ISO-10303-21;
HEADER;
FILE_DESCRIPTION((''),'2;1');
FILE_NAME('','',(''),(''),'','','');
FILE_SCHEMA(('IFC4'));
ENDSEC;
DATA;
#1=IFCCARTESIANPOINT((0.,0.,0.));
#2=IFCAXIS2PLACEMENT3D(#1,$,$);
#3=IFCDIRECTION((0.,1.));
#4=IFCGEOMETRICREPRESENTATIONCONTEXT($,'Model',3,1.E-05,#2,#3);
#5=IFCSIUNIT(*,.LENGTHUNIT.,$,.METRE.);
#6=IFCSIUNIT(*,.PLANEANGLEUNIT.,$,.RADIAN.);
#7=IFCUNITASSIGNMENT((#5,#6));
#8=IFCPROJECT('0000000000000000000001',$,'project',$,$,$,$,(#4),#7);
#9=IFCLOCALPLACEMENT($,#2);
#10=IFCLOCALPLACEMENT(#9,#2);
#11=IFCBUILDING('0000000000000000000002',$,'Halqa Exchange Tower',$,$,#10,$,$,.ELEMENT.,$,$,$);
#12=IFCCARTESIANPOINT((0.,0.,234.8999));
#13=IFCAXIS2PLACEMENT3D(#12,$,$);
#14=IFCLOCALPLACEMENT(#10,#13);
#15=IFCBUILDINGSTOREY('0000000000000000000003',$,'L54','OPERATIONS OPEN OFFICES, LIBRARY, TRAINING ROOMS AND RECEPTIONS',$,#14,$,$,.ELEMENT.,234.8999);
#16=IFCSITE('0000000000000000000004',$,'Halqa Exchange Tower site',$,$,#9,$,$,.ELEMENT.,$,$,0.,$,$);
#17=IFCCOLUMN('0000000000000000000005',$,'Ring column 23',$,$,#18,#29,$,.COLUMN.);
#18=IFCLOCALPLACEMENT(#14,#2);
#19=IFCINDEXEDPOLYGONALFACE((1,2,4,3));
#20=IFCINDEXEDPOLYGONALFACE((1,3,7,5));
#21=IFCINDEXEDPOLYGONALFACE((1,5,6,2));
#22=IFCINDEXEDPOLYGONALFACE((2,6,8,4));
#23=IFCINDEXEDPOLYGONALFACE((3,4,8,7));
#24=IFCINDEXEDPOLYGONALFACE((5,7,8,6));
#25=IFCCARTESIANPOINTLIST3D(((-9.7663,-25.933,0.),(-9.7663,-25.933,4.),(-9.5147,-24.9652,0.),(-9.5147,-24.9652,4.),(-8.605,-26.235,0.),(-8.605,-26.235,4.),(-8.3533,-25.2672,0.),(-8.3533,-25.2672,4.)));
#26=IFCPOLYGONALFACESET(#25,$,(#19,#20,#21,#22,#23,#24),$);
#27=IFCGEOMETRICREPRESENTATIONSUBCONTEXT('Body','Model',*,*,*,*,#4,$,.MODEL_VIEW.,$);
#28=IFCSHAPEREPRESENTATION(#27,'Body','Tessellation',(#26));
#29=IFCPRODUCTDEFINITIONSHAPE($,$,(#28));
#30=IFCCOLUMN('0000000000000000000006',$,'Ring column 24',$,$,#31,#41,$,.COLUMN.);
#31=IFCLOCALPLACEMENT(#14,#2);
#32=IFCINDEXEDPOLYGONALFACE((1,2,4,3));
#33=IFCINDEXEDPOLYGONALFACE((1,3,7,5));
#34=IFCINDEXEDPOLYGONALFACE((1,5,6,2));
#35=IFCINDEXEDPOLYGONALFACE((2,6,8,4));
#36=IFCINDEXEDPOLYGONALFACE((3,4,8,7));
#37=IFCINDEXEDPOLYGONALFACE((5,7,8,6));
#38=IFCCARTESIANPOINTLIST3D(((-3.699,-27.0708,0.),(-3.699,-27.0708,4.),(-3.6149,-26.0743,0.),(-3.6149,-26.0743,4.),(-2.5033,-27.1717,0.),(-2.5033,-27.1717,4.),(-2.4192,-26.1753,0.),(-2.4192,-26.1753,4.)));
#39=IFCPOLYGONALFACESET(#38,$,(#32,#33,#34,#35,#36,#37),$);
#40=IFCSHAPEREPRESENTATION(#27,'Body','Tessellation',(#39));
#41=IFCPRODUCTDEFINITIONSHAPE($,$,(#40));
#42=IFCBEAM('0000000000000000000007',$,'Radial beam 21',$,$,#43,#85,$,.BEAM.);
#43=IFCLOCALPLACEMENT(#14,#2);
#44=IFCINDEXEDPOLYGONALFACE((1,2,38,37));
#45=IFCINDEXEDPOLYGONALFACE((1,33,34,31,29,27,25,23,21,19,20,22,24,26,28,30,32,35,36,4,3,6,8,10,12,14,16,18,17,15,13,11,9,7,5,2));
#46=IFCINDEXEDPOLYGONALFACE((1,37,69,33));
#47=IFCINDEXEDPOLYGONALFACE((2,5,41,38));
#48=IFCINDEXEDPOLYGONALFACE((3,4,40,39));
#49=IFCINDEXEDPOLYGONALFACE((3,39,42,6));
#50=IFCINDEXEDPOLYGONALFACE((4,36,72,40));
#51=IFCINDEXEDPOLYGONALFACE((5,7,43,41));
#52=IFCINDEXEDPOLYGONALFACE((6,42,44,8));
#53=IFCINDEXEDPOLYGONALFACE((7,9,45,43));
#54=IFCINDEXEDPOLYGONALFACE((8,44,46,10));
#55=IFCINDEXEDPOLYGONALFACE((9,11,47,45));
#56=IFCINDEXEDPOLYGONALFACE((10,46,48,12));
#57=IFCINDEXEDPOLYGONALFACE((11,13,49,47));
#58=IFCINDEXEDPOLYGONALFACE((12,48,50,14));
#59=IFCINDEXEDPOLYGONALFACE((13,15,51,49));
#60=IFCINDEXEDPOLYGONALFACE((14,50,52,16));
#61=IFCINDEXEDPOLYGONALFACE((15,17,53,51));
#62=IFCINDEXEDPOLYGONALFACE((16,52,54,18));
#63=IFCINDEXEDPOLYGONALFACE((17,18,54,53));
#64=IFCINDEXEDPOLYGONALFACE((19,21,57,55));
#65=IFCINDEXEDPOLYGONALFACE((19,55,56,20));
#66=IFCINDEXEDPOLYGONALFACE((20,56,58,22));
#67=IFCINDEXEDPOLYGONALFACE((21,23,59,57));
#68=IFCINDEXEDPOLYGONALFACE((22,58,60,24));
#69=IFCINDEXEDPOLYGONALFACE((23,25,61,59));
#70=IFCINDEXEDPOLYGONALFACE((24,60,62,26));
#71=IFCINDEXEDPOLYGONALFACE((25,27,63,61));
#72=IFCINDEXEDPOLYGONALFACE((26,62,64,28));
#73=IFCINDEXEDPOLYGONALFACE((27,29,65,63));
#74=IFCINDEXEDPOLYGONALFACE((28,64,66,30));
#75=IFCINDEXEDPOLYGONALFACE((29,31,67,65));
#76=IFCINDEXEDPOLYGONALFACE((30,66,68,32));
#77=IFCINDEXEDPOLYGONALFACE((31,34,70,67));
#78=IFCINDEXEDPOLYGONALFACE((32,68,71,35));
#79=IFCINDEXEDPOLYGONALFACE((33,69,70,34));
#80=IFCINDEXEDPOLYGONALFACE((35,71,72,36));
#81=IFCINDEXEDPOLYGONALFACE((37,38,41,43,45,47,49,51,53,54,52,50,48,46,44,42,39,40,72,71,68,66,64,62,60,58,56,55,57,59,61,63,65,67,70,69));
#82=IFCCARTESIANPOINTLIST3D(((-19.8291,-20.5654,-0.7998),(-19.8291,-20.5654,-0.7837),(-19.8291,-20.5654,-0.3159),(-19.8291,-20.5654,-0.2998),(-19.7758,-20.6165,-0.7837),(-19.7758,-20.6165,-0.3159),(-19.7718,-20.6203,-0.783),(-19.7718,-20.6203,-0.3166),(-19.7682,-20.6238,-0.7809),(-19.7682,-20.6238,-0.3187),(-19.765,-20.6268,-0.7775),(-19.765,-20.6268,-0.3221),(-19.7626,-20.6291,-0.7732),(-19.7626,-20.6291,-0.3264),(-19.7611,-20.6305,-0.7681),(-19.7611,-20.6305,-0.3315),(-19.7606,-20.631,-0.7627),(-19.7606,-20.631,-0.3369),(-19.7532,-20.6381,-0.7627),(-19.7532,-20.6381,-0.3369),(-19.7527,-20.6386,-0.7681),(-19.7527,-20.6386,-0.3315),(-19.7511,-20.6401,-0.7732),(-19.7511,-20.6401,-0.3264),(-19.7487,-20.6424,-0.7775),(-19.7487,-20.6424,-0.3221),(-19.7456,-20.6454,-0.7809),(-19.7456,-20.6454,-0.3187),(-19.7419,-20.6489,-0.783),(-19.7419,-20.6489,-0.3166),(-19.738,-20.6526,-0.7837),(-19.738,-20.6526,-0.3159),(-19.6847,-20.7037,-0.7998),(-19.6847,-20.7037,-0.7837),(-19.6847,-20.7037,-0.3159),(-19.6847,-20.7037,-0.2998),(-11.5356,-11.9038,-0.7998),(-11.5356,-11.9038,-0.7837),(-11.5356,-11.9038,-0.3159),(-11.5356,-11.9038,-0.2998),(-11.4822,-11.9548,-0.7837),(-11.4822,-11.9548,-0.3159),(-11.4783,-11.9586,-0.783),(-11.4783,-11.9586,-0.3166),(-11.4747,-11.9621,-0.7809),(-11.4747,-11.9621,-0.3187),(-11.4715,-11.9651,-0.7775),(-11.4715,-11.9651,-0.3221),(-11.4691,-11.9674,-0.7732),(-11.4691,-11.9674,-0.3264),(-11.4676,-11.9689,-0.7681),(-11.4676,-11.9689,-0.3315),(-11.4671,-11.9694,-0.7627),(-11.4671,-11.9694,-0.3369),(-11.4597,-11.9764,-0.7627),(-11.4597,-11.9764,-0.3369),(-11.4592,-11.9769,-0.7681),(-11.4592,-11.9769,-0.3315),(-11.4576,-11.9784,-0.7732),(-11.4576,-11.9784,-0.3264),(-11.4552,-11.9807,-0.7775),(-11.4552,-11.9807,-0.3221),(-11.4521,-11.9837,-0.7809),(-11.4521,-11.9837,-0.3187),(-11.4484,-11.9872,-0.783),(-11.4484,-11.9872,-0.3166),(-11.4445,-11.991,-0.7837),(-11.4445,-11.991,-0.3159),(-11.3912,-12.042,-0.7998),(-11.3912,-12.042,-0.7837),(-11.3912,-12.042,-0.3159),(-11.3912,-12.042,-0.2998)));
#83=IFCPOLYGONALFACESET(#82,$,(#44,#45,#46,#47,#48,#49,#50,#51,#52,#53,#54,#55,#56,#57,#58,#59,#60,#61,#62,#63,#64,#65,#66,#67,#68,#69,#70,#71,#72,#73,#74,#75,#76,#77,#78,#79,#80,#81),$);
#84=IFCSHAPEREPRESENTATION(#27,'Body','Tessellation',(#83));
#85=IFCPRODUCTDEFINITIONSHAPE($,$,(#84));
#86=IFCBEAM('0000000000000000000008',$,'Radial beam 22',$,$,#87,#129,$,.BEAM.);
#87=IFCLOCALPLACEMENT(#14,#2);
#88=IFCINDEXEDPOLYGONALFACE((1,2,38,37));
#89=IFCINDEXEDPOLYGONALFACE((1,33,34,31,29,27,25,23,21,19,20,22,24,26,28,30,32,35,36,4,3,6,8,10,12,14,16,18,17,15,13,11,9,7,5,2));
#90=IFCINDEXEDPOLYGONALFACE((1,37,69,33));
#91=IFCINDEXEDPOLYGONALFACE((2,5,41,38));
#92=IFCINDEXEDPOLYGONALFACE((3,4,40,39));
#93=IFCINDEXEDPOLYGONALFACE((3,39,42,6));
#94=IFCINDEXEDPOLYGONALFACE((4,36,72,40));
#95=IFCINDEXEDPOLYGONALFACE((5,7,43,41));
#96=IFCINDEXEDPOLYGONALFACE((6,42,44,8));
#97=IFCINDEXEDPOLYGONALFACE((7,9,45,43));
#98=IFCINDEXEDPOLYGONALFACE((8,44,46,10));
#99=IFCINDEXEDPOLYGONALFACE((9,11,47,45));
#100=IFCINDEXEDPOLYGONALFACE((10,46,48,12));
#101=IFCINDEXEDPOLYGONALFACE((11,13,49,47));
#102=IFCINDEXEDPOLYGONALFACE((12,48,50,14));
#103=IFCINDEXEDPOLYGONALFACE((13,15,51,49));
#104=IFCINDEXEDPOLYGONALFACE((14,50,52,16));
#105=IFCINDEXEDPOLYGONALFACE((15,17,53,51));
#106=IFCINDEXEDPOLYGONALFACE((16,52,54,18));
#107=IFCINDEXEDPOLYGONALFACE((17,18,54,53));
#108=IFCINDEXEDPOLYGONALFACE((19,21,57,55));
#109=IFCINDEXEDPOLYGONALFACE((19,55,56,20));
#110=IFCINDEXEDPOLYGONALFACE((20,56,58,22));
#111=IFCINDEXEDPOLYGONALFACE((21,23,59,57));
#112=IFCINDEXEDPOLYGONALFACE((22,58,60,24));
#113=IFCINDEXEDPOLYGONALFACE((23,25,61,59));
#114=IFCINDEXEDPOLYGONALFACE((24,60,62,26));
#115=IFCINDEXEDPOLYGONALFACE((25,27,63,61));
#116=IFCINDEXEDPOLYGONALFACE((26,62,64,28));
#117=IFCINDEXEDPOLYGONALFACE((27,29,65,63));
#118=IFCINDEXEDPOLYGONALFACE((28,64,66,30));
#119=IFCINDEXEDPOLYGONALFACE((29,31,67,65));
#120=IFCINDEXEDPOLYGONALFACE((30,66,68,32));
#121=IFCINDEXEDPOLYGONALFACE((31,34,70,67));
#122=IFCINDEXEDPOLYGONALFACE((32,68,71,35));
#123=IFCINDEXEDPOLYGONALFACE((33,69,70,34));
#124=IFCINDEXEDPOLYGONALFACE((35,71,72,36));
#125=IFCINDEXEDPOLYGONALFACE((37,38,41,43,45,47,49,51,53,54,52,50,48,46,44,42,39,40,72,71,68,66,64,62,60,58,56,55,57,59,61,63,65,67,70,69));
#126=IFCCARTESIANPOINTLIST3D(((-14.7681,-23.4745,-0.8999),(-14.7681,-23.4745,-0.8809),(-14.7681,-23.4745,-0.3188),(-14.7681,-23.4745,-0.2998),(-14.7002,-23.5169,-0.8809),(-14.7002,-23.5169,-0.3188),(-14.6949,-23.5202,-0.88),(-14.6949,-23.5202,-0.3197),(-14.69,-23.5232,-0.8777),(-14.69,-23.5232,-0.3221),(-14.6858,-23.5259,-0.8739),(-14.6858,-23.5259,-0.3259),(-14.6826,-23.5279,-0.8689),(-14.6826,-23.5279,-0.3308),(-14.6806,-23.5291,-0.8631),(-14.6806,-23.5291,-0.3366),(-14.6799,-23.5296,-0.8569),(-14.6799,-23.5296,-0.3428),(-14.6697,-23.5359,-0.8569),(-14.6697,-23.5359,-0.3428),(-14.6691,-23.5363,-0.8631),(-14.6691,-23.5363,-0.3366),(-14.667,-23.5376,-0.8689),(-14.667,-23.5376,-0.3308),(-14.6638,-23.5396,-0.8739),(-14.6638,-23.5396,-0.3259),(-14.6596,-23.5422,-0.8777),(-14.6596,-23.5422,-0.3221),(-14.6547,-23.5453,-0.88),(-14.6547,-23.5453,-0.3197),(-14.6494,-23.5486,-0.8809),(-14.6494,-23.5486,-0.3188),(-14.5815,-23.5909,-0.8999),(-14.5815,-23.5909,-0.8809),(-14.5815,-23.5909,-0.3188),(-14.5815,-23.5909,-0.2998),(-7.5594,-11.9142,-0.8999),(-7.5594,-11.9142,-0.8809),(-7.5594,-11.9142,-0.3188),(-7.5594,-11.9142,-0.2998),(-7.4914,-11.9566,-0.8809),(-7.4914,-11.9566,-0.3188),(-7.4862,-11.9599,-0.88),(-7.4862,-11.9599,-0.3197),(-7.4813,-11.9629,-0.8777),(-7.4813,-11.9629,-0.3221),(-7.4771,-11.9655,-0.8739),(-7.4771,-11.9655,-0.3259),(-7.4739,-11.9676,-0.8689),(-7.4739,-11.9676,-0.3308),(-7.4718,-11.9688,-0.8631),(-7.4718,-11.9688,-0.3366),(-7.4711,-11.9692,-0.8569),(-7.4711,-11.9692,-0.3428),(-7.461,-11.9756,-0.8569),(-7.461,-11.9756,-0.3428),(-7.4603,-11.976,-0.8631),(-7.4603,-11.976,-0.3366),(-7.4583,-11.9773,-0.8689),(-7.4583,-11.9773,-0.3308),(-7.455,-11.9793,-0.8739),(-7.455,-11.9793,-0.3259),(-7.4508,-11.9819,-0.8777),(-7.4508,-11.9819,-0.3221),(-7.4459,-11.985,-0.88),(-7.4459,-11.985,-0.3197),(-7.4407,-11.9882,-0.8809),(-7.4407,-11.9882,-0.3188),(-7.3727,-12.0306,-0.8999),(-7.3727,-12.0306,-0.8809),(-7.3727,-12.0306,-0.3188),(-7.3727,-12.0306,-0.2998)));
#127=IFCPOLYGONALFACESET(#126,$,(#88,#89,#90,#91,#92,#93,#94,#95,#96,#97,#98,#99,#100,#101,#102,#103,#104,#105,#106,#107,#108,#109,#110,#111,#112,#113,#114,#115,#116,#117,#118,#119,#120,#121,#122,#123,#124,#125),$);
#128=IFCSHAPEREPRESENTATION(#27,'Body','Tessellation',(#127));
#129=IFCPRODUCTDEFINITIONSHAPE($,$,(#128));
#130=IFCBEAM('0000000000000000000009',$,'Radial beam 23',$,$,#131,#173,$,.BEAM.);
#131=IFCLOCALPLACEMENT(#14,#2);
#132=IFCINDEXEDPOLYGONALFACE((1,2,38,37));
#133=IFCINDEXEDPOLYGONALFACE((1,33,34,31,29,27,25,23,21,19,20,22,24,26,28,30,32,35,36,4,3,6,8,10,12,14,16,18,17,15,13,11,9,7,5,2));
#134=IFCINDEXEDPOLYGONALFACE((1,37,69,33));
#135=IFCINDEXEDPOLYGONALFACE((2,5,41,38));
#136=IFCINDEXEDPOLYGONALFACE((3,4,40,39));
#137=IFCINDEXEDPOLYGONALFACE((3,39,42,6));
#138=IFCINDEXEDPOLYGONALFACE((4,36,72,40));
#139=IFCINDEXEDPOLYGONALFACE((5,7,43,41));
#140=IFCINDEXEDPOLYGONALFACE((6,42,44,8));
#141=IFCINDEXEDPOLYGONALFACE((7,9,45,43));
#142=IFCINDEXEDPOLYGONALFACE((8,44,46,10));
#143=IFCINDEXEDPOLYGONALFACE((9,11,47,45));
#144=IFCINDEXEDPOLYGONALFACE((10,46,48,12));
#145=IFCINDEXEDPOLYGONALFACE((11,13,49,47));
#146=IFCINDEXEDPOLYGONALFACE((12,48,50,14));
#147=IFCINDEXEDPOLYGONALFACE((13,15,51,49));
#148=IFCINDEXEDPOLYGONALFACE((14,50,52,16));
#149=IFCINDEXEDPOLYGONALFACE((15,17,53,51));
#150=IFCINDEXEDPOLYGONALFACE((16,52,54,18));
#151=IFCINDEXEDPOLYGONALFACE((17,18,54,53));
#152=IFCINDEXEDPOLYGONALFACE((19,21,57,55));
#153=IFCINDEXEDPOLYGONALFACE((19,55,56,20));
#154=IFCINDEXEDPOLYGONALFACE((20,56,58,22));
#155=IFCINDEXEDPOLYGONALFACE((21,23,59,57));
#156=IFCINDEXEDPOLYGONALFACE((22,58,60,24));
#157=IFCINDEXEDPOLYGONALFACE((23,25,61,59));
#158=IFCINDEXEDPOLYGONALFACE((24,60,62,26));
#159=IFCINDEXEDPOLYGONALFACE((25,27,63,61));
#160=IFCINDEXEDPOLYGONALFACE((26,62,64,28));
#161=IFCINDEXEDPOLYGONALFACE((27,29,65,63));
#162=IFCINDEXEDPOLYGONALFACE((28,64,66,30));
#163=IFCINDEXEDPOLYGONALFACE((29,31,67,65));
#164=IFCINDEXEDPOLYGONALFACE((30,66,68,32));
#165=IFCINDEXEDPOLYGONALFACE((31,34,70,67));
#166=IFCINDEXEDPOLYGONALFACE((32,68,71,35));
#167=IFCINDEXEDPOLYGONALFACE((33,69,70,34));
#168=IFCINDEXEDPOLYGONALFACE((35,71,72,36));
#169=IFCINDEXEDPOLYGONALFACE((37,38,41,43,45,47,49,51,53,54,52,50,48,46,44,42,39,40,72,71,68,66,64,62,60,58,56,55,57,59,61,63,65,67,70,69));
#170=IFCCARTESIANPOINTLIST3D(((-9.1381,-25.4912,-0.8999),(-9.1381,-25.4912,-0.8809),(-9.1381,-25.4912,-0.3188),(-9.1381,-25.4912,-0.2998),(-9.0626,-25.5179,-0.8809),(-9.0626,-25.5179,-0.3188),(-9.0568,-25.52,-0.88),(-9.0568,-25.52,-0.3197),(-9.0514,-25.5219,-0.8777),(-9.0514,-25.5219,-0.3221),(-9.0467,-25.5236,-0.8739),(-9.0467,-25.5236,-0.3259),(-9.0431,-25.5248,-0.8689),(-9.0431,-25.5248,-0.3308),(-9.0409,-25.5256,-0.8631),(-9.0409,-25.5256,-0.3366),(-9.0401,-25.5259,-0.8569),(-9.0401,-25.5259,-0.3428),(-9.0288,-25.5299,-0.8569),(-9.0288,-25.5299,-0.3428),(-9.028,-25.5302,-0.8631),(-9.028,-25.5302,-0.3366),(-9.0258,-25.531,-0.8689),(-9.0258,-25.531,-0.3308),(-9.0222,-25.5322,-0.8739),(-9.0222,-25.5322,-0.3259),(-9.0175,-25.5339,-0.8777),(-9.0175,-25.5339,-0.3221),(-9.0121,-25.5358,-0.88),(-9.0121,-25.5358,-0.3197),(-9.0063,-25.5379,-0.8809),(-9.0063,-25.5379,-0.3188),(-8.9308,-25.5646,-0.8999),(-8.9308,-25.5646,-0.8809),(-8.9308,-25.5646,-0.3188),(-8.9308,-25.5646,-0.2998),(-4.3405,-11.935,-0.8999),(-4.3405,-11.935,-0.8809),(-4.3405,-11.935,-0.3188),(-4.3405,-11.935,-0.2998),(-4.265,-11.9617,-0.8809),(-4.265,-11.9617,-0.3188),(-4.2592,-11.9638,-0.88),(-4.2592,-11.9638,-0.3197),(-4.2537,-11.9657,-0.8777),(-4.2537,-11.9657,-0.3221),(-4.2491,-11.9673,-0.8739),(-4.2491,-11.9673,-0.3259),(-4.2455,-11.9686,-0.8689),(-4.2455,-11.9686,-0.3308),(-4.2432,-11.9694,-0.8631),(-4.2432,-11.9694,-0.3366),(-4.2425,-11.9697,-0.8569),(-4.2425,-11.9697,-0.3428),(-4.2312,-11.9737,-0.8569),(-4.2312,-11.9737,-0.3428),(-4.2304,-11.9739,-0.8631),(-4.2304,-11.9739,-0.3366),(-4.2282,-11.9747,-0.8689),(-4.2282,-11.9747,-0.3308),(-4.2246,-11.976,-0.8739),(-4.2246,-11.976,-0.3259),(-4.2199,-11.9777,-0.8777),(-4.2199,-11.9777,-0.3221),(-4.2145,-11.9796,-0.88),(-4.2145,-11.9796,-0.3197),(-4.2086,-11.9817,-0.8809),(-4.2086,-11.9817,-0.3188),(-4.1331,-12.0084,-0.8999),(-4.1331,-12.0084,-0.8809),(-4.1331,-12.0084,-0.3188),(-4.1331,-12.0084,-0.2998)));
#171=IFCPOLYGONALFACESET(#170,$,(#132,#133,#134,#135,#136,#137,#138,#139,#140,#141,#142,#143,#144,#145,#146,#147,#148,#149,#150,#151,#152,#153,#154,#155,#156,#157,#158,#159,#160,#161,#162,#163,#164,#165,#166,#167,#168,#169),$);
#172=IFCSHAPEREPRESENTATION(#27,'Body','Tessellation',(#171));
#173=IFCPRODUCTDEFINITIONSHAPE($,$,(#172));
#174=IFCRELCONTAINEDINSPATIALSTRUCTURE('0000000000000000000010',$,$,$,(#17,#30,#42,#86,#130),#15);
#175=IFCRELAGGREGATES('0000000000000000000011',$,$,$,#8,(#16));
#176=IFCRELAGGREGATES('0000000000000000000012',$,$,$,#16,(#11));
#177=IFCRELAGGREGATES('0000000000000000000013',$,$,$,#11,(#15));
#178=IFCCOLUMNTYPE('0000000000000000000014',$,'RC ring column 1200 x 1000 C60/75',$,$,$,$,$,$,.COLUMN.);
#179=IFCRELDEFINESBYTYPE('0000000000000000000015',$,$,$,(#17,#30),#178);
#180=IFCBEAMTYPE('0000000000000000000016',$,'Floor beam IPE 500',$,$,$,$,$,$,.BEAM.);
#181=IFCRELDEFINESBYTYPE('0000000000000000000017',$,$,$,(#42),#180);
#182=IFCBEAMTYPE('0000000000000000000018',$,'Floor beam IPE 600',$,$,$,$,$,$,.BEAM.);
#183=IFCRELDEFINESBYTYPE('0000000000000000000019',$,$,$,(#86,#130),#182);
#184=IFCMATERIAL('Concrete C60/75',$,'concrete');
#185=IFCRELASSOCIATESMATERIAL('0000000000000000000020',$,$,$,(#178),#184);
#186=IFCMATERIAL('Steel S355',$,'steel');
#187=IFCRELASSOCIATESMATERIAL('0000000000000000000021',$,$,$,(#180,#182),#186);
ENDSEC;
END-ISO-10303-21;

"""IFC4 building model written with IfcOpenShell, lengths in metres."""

from ifc_helpers import new_model, si_unit, direction, frame, origin, origin_2d, place, context, subcontext, project, spatial, rectangle, i_section, extrude, material, material_profile, profile_set, type_object, element, save


model = new_model("IFC4")

# Units and contexts
model_context = context("Model", 3, precision=1e-05, world=origin(), true_north=direction((0.0, 1.0)))
body_context = subcontext(model_context, "Body", "Model", "MODEL_VIEW")
ifc_project = project(units=[si_unit("LENGTHUNIT", "METRE"), si_unit("PLANEANGLEUNIT", "RADIAN")], contexts=[model_context])

# Site, building, storey
site_placement = place(None, origin())
site = spatial("IfcSite", under=ifc_project, at=site_placement, Name="Halqa Exchange Tower site", CompositionType="ELEMENT", RefElevation=0.0)
building_placement = place(site_placement, origin())
building = spatial("IfcBuilding", under=site, at=building_placement, Name="Halqa Exchange Tower", CompositionType="ELEMENT")
storey_placement = place(building_placement, frame((0.0, 0.0, 234.8999)))
storey = spatial("IfcBuildingStorey", under=building, at=storey_placement, Name="L54", Description="OPERATIONS OPEN OFFICES, LIBRARY, TRAINING ROOMS AND RECEPTIONS", CompositionType="ELEMENT", Elevation=234.8999)

# Columns
ifc_material_1 = material(Name="Concrete C60/75", Category="concrete")
ifc_material_profile_1 = material_profile(ifc_material_1, rectangle(XDim=1.2, YDim=1.0, at=origin_2d()), Name="1200 x 1000")
ifc_profile_set_1 = profile_set([ifc_material_profile_1], Name="Concrete C60/75")
column_type = type_object("IfcColumnType", Name="RC ring column 1200 x 1000 C60/75", PredefinedType="COLUMN", material=ifc_profile_set_1)
for number, where, z_axis, x_axis, name in (
    (1, (-9.0598, -25.6001, 0.0), (0.0, 0.0, 1.0), (0.96782, -0.251645, 0.0), "Ring column 23"),
    (2, (-3.0591, -26.623, 0.0), (0.0, 0.0, 1.0), (0.996456, -0.084121, 0.0), "Ring column 24"),
):
    element("IfcColumn", number, at=place(storey_placement, frame(where, z_axis=z_axis, x_axis=x_axis)), inside=storey, type_object=column_type, Name=name, PredefinedType="COLUMN", context=body_context, shape_type="SweptSolid", body=[
        extrude(rectangle(XDim=1.2, YDim=1.0, at=origin_2d()), origin(), (0.0, 0.0, 1.0), 4.0),
    ])

# Beams
ifc_material_2 = material(Name="Steel S355", Category="steel")
ifc_material_profile_2 = material_profile(ifc_material_2, i_section(OverallWidth=0.2, OverallDepth=0.5, WebThickness=0.0103, FlangeThickness=0.0161, FilletRadius=0.021, at=origin_2d()), Name="IPE 500")
ifc_profile_set_2 = profile_set([ifc_material_profile_2], Name="Steel S355")
beam_type_1 = type_object("IfcBeamType", Name="Floor beam IPE 500", PredefinedType="BEAM", material=ifc_profile_set_2)
beam_1_placement = place(storey_placement, frame((-11.4634, -11.9729, -0.5498), z_axis=(-0.69159, -0.722291, 0.0), x_axis=(0.722291, -0.69159, 0.0)))
element("IfcBeam", 3, at=beam_1_placement, inside=storey, type_object=beam_type_1, Name="Radial beam 21", PredefinedType="BEAM", context=body_context, shape_type="SweptSolid", body=[
    extrude(i_section(OverallWidth=0.2, OverallDepth=0.5, WebThickness=0.0103, FlangeThickness=0.0161, FilletRadius=0.021, at=origin_2d()), origin(), (0.0, 0.0, 1.0), 11.9919),
])
ifc_material_profile_3 = material_profile(ifc_material_2, i_section(OverallWidth=0.22, OverallDepth=0.6001, WebThickness=0.012, FlangeThickness=0.019, FilletRadius=0.0239, at=origin_2d()), Name="IPE 600")
ifc_profile_set_3 = profile_set([ifc_material_profile_3], Name="Steel S355")
beam_type_2 = type_object("IfcBeamType", Name="Floor beam IPE 600", PredefinedType="BEAM", material=ifc_profile_set_3)
beam_2_placement = place(storey_placement, frame((-7.4661, -11.9724, -0.5999), z_axis=(-0.52913, -0.848541, 0.0), x_axis=(0.848541, -0.52913, 0.0)))
element("IfcBeam", 4, at=beam_2_placement, inside=storey, type_object=beam_type_2, Name="Radial beam 22", PredefinedType="BEAM", context=body_context, shape_type="SweptSolid", body=[
    extrude(i_section(OverallWidth=0.22, OverallDepth=0.6001, WebThickness=0.012, FlangeThickness=0.019, FilletRadius=0.0239, at=origin_2d()), origin(), (0.0, 0.0, 1.0), 13.6238),
])
beam_3_placement = place(storey_placement, frame((-4.2368, -11.9717, -0.5999), z_axis=(-0.333629, -0.942704, 0.0), x_axis=(0.942704, -0.333629, 0.0)))
element("IfcBeam", 5, at=beam_3_placement, inside=storey, type_object=beam_type_2, Name="Radial beam 23", PredefinedType="BEAM", context=body_context, shape_type="SweptSolid", body=[
    extrude(i_section(OverallWidth=0.22, OverallDepth=0.6001, WebThickness=0.012, FlangeThickness=0.019, FilletRadius=0.0239, at=origin_2d()), origin(), (0.0, 0.0, 1.0), 14.3801),
])

save(model, "model.ifc")
